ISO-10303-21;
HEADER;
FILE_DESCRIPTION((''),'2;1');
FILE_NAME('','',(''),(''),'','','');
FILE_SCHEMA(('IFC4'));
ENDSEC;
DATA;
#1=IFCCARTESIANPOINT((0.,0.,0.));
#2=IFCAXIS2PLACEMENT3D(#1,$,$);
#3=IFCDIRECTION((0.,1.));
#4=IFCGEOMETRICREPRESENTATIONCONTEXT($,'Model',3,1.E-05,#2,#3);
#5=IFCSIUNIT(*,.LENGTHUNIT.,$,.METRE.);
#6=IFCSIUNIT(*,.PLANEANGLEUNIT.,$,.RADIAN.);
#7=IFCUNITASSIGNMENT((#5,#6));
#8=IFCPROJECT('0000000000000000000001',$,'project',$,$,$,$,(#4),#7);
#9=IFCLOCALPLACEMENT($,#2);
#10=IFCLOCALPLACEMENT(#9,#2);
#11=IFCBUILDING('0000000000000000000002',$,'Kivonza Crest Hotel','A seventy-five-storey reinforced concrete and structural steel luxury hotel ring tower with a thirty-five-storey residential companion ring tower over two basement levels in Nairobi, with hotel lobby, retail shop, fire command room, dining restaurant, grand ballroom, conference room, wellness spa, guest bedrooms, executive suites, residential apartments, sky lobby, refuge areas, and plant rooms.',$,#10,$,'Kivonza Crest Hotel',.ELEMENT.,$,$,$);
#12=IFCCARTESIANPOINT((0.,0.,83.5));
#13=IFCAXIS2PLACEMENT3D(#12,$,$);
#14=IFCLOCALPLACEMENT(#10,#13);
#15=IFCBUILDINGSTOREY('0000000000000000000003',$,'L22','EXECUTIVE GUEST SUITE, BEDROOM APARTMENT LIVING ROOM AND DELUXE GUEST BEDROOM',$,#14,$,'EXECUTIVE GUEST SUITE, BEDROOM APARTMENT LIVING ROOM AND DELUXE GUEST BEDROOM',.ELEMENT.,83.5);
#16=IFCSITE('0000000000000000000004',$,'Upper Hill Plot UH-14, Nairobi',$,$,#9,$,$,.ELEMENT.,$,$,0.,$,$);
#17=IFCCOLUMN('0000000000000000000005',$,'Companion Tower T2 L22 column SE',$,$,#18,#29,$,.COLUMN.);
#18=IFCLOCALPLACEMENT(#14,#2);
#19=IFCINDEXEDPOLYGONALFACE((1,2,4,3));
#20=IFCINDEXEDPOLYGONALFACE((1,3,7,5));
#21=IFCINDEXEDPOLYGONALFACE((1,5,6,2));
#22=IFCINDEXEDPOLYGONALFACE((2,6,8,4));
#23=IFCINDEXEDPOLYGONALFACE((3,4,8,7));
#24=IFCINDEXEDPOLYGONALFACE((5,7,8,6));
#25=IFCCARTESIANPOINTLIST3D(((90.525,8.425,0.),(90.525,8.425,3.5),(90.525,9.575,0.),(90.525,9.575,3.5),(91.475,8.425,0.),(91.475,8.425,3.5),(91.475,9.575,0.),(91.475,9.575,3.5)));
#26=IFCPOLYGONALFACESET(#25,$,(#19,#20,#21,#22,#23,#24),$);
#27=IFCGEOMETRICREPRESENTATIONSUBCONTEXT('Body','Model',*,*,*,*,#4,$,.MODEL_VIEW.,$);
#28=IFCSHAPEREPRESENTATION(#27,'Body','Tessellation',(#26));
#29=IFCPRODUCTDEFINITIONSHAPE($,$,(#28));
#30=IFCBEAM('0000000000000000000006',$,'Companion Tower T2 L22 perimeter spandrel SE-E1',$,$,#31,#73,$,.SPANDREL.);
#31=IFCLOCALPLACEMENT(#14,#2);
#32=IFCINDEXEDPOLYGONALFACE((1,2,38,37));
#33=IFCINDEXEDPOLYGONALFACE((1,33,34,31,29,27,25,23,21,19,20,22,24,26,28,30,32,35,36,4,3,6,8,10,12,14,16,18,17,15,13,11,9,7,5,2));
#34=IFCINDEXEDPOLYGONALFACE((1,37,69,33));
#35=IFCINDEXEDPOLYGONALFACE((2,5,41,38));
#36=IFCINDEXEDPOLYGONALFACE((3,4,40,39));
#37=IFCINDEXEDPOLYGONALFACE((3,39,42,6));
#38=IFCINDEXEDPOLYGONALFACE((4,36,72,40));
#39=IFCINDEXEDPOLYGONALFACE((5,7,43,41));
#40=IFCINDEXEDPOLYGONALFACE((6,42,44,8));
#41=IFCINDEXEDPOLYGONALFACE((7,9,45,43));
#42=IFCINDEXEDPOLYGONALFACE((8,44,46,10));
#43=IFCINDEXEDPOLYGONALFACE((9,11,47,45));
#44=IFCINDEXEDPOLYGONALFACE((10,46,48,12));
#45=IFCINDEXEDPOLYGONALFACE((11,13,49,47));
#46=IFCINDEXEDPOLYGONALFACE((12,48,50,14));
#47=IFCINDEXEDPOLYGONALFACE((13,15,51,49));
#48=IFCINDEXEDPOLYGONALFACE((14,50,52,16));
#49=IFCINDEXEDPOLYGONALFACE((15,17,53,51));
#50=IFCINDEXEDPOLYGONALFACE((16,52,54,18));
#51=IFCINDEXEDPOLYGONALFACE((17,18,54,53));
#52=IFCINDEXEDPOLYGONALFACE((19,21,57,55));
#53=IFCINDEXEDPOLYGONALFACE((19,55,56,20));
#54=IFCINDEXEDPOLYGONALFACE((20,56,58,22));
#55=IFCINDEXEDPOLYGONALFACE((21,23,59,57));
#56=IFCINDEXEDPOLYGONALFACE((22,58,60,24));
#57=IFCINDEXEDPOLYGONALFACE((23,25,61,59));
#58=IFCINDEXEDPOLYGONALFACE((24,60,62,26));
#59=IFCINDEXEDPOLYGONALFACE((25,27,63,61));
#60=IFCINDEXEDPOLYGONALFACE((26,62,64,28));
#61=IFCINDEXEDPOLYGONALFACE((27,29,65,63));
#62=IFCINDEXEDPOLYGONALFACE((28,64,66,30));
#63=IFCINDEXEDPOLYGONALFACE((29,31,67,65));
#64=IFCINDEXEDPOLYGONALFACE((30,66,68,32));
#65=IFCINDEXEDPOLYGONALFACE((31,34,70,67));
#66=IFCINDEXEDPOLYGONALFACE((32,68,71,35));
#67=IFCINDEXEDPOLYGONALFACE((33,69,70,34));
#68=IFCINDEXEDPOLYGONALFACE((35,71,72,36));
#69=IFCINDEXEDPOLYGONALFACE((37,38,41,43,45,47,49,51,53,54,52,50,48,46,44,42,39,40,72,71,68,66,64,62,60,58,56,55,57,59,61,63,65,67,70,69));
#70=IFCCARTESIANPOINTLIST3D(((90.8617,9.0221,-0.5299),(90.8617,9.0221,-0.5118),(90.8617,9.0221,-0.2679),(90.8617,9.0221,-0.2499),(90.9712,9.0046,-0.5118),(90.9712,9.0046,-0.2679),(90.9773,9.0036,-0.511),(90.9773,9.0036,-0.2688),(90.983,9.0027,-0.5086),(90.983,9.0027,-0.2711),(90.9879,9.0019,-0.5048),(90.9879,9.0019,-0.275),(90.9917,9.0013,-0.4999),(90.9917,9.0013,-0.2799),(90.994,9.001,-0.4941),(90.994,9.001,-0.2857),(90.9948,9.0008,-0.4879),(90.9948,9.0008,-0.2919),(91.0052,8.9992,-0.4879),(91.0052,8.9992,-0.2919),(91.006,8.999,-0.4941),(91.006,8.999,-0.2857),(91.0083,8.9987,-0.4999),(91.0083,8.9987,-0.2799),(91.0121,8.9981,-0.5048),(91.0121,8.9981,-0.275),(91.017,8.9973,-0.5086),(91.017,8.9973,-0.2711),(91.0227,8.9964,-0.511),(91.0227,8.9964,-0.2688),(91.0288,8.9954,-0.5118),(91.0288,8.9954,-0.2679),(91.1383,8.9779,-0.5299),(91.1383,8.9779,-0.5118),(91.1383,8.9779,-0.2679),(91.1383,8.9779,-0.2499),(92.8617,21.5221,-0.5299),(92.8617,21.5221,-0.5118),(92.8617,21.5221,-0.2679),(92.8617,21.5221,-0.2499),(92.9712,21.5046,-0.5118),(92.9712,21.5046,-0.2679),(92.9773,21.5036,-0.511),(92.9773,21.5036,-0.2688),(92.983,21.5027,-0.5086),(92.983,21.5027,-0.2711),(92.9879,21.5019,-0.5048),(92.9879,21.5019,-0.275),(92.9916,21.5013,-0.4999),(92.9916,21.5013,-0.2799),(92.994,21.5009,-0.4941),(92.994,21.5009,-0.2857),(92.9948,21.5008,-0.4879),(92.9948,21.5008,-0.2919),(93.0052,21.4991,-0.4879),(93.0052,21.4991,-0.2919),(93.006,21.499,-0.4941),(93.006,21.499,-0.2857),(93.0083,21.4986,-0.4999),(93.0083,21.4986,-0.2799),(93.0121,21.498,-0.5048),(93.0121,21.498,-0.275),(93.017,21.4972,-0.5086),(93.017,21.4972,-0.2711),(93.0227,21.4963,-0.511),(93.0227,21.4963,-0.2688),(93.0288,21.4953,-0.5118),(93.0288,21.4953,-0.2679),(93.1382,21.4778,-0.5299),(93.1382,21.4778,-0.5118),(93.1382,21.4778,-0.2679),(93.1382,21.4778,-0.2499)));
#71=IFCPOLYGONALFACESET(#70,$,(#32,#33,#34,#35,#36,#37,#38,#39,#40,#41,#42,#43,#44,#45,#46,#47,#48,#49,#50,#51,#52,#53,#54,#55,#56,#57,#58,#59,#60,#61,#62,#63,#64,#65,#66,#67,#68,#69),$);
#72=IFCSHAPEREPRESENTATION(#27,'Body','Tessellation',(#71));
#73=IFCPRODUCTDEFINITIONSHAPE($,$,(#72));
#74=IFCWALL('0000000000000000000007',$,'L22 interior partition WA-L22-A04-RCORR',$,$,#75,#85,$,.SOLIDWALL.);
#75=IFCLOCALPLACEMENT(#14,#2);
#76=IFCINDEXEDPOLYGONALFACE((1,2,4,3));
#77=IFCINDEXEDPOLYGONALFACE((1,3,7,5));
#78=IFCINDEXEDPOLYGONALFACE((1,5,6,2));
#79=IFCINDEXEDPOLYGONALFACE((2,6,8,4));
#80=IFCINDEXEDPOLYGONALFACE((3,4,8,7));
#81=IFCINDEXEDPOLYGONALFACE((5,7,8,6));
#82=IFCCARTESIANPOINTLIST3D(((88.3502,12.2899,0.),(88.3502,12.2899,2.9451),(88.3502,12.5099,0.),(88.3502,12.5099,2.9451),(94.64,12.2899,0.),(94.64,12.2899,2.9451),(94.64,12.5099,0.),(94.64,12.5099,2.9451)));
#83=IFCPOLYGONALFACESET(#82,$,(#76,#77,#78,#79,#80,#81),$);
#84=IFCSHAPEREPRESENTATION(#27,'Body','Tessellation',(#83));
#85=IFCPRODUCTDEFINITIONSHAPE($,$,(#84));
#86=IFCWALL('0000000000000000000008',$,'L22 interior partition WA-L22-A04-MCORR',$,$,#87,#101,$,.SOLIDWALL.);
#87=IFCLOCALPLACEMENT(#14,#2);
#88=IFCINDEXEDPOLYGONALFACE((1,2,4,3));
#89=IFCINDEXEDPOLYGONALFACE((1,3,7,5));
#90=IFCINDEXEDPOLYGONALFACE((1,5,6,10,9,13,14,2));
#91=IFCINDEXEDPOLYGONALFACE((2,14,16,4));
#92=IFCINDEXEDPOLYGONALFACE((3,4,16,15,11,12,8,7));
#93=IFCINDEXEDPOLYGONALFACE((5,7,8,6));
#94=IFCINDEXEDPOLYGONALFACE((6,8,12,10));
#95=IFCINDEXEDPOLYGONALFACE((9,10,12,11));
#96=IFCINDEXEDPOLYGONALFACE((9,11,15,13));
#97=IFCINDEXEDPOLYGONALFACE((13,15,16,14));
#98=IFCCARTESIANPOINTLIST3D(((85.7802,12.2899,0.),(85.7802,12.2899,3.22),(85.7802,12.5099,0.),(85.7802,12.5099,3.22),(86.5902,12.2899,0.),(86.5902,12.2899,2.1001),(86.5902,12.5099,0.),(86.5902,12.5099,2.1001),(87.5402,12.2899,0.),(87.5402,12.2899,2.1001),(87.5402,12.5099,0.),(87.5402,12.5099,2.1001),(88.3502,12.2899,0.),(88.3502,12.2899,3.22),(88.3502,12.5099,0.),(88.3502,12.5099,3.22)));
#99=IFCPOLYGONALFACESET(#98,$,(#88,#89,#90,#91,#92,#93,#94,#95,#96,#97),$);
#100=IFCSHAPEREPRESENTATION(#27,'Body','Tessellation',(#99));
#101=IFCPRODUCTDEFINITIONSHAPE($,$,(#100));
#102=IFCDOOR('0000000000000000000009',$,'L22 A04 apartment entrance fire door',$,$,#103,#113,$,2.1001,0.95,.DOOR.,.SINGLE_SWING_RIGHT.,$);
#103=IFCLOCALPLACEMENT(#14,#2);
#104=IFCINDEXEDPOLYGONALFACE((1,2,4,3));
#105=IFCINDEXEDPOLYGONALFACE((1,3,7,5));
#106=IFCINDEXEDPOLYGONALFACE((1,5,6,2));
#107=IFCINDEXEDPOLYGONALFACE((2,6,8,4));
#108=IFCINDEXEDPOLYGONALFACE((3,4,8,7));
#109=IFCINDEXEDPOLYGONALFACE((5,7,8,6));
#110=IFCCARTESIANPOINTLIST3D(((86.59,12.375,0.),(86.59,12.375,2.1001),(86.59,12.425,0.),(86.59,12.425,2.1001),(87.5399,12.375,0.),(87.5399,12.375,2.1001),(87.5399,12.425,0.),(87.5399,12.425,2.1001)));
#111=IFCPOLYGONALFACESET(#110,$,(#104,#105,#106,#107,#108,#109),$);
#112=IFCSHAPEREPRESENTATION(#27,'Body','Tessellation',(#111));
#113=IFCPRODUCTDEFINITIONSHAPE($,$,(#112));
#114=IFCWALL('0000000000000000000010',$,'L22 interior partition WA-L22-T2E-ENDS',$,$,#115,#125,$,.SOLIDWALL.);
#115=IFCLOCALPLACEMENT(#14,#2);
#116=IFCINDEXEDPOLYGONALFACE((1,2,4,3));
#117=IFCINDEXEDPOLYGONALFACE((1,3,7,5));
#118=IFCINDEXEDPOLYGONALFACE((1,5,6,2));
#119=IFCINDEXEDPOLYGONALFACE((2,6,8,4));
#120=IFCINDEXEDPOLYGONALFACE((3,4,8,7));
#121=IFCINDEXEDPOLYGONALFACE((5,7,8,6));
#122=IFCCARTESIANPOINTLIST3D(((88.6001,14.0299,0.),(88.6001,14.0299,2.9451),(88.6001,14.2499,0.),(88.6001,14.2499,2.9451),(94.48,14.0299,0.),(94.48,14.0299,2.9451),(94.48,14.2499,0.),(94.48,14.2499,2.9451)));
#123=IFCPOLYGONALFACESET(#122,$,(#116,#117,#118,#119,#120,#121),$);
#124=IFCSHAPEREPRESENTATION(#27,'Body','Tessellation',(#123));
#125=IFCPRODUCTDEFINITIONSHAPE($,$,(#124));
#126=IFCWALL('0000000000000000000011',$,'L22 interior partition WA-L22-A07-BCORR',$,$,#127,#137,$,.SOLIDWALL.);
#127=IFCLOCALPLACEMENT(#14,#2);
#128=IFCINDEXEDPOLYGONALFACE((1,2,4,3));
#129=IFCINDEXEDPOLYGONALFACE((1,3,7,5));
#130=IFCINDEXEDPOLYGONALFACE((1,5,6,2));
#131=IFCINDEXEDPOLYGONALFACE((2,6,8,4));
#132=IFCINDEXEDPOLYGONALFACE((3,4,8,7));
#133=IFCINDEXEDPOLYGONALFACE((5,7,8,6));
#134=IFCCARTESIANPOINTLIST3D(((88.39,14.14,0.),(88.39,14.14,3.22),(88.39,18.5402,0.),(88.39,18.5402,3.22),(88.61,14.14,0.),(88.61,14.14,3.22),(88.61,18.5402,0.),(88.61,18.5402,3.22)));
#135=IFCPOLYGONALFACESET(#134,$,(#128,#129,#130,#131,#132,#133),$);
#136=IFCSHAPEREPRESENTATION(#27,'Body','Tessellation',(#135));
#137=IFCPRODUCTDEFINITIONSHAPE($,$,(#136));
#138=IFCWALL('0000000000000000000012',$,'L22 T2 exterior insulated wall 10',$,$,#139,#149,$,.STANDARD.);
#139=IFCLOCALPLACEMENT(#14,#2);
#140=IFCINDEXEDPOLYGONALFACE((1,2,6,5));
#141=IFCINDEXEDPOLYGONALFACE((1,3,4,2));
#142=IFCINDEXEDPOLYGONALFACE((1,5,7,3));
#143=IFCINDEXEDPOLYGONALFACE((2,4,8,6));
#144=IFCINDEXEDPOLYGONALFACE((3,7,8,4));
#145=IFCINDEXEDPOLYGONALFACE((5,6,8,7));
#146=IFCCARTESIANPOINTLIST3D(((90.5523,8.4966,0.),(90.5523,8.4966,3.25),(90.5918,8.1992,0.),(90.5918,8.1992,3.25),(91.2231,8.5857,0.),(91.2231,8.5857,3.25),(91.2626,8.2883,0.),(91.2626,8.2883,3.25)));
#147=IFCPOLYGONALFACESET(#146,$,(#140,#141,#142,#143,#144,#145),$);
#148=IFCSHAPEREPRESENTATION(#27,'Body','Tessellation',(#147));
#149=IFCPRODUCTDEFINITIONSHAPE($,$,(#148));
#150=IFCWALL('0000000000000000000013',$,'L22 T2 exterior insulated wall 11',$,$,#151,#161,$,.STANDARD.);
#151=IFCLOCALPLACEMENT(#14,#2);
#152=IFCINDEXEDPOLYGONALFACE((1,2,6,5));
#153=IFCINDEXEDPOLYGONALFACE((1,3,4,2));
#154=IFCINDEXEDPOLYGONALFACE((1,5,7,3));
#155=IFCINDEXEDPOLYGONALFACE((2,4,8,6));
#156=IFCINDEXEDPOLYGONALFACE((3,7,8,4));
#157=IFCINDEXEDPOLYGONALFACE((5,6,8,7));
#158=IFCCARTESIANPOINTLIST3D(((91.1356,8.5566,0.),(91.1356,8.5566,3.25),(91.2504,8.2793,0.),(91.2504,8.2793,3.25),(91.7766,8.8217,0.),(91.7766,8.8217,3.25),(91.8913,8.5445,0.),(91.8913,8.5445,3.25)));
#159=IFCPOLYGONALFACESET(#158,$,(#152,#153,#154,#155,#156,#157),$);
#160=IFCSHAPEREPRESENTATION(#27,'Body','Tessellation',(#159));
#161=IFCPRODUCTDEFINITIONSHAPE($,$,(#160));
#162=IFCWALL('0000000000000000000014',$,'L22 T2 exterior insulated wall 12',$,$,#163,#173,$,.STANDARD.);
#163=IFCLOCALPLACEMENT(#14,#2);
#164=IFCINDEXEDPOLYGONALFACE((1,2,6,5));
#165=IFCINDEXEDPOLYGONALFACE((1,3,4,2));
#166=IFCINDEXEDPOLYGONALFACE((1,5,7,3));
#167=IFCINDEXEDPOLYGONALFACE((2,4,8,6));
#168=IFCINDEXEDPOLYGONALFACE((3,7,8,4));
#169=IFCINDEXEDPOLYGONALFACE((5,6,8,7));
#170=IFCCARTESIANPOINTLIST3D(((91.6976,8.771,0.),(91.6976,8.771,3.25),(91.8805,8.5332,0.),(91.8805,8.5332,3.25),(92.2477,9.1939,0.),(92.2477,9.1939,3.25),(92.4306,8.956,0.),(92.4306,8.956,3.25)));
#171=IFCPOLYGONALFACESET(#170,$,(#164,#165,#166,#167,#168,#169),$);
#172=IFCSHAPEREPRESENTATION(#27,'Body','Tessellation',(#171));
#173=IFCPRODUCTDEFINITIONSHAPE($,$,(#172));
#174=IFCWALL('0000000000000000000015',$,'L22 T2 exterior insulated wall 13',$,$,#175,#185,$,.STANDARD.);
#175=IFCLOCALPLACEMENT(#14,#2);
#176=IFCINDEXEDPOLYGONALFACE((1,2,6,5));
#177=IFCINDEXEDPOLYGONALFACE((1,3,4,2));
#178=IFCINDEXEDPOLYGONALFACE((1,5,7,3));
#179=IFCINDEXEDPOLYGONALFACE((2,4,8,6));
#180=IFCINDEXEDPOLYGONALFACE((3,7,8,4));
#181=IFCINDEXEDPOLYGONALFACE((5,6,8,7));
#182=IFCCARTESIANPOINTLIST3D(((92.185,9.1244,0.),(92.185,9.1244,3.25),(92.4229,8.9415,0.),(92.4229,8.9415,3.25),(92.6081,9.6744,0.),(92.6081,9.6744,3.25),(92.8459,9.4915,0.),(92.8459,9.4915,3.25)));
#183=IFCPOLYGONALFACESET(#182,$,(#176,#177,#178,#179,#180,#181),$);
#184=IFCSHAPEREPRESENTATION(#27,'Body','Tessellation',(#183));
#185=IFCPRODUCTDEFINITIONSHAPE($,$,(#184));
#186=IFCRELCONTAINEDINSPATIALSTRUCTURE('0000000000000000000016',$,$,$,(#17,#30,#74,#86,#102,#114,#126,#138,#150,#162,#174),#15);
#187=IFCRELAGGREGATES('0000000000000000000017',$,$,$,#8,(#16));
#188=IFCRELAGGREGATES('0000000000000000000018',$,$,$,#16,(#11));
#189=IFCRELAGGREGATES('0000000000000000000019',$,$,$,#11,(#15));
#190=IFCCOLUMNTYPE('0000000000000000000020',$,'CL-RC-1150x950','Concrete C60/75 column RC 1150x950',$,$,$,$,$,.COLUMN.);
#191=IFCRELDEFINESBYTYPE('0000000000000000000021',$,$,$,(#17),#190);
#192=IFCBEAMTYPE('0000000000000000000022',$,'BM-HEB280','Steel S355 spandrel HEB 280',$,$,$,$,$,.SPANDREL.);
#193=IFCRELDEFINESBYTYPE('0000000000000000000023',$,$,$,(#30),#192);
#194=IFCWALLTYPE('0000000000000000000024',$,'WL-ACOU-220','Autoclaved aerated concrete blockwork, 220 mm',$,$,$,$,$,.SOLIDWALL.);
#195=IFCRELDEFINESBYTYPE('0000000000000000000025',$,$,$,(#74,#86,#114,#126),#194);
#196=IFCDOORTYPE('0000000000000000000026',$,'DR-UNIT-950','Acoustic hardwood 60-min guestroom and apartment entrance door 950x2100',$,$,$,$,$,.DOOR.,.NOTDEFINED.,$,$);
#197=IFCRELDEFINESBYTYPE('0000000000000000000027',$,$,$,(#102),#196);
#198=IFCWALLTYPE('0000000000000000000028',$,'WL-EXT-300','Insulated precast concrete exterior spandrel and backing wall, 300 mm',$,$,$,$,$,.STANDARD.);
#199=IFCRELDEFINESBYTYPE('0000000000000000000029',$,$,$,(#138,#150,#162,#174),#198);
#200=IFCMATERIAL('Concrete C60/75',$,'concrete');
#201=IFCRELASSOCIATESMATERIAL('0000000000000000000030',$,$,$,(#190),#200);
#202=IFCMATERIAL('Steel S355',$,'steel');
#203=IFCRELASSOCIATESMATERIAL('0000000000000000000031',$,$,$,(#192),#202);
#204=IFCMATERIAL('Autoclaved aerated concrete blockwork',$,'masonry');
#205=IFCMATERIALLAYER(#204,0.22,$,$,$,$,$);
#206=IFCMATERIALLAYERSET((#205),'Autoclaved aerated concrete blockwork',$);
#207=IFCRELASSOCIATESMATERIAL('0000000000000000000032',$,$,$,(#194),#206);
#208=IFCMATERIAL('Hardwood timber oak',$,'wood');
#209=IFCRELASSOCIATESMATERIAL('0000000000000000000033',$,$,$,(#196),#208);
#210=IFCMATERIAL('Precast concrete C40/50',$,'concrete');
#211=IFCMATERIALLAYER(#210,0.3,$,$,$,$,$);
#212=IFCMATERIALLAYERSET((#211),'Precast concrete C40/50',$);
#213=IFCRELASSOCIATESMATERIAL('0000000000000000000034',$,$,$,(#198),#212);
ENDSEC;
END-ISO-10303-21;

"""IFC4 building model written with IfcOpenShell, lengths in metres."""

from ifc_helpers import new_model, si_unit, direction, frame, frame_2d, origin, origin_2d, place, context, subcontext, project, spatial, rectangle, i_section, extrude, material, layer, layer_set, material_profile, profile_set, type_object, element, fill, save


model = new_model("IFC4")

# Units and contexts
model_context = context("Model", 3, precision=1e-05, world=origin(), true_north=direction((0.0, 1.0)))
body_context = subcontext(model_context, "Body", "Model", "MODEL_VIEW")
ifc_project = project(units=[si_unit("LENGTHUNIT", "METRE"), si_unit("PLANEANGLEUNIT", "RADIAN")], contexts=[model_context])

# Site, building, storey
site_placement = place(None, origin())
site = spatial("IfcSite", under=ifc_project, at=site_placement, Name="Upper Hill Plot UH-14, Nairobi", CompositionType="ELEMENT", RefElevation=0.0)
building_placement = place(site_placement, origin())
building = spatial("IfcBuilding", under=site, at=building_placement, Name="Kivonza Crest Hotel", Description="A seventy-five-storey reinforced concrete and structural steel luxury hotel ring tower with a thirty-five-storey residential companion ring tower over two basement levels in Nairobi, with hotel lobby, retail shop, fire command room, dining restaurant, grand ballroom, conference room, wellness spa, guest bedrooms, executive suites, residential apartments, sky lobby, refuge areas, and plant rooms.", LongName="Kivonza Crest Hotel", CompositionType="ELEMENT")
storey_placement = place(building_placement, frame((0.0, 0.0, 83.5)))
storey = spatial("IfcBuildingStorey", under=building, at=storey_placement, Name="L22", Description="EXECUTIVE GUEST SUITE, BEDROOM APARTMENT LIVING ROOM AND DELUXE GUEST BEDROOM", LongName="EXECUTIVE GUEST SUITE, BEDROOM APARTMENT LIVING ROOM AND DELUXE GUEST BEDROOM", CompositionType="ELEMENT", Elevation=83.5)

# Column
ifc_material_1 = material(Name="Concrete C60/75", Category="concrete")
ifc_material_profile_1 = material_profile(ifc_material_1, rectangle(XDim=0.95, YDim=1.1499, at=origin_2d()), Name="RC 1150x950")
ifc_profile_set_1 = profile_set([ifc_material_profile_1], Name="Concrete C60/75")
column_type = type_object("IfcColumnType", Name="CL-RC-1150x950", Description="Concrete C60/75 column RC 1150x950", PredefinedType="COLUMN", material=ifc_profile_set_1)
column_placement = place(storey_placement, frame((91.0, 9.0, 0.0), z_axis=(0.0, 0.0, 1.0), x_axis=(1.0, 0.0, 0.0)))
element("IfcColumn", 1, at=column_placement, inside=storey, type_object=column_type, Name="Companion Tower T2 L22 column SE", PredefinedType="COLUMN", context=body_context, shape_type="SweptSolid", body=[
    extrude(rectangle(XDim=0.95, YDim=1.1499, at=origin_2d()), origin(), (0.0, 0.0, 1.0), 3.5),
])

# Beam
ifc_material_2 = material(Name="Steel S355", Category="steel")
ifc_material_profile_2 = material_profile(ifc_material_2, i_section(OverallWidth=0.28, OverallDepth=0.28, WebThickness=0.0105, FlangeThickness=0.0181, FilletRadius=0.0239, at=origin_2d()), Name="HEB 280")
ifc_profile_set_2 = profile_set([ifc_material_profile_2], Name="Steel S355")
beam_type = type_object("IfcBeamType", Name="BM-HEB280", Description="Steel S355 spandrel HEB 280", PredefinedType="SPANDREL", material=ifc_profile_set_2)
beam_placement = place(storey_placement, frame((91.0, 9.0, -0.3899), z_axis=(0.157991, 0.987441, 0.0), x_axis=(-0.987441, 0.157991, 0.0)))
element("IfcBeam", 2, at=beam_placement, inside=storey, type_object=beam_type, Name="Companion Tower T2 L22 perimeter spandrel SE-E1", PredefinedType="SPANDREL", context=body_context, shape_type="SweptSolid", body=[
    extrude(i_section(OverallWidth=0.28, OverallDepth=0.28, WebThickness=0.0105, FlangeThickness=0.0181, FilletRadius=0.0239, at=origin_2d()), origin(), (0.0, 0.0, 1.0), 12.6589),
])

# Wall
ifc_material_3 = material(Name="Autoclaved aerated concrete blockwork", Category="masonry")
ifc_layer_1 = layer(ifc_material_3, 0.22)
ifc_layer_set_1 = layer_set([ifc_layer_1], Name="Autoclaved aerated concrete blockwork")
wall_type_1 = type_object("IfcWallType", Name="WL-ACOU-220", Description="Autoclaved aerated concrete blockwork, 220 mm", PredefinedType="SOLIDWALL", material=ifc_layer_set_1)
wall_1_placement = place(storey_placement, frame((88.3501, 12.3999, 0.0), z_axis=(0.0, 0.0, 1.0), x_axis=(1.0, 0.0, 0.0)))
element("IfcWall", 3, at=wall_1_placement, inside=storey, type_object=wall_type_1, Name="L22 interior partition WA-L22-A04-RCORR", PredefinedType="SOLIDWALL", context=body_context, shape_type="SweptSolid", body=[
    extrude(rectangle(XDim=6.2898, YDim=0.22, at=frame_2d((3.145, 0.0))), origin(), (0.0, 0.0, 1.0), 2.9451),
])

# Wall, opening, door
wall_2_placement = place(storey_placement, frame((85.78, 12.3999, 0.0), z_axis=(0.0, 0.0, 1.0), x_axis=(1.0, 0.0, 0.0)))
wall_2 = element("IfcWall", 4, at=wall_2_placement, inside=storey, type_object=wall_type_1, Name="L22 interior partition WA-L22-A04-MCORR", PredefinedType="SOLIDWALL", context=body_context, shape_type="SweptSolid", body=[
    extrude(rectangle(XDim=2.5701, YDim=0.22, at=frame_2d((1.2852, 0.0))), origin(), (0.0, 0.0, 1.0), 3.22),
])
opening_1_placement = place(wall_2_placement, frame((0.8101, 0.0, 0.0)))
opening_1 = element("IfcOpeningElement", 5, at=opening_1_placement, cuts=wall_2, PredefinedType="OPENING", context=body_context, shape_type="SweptSolid", body=[
    extrude(rectangle(XDim=0.95, YDim=2.1001, at=frame_2d((0.4751, 1.05))), frame((0.0, 0.1201, 0.0), z_axis=(0.0, -1.0, 0.0), x_axis=(1.0, 0.0, 0.0)), (0.0, 0.0, 1.0), 0.24),
])
ifc_material_4 = material(Name="Hardwood timber oak", Category="wood")
door_type_1 = type_object("IfcDoorType", Name="DR-UNIT-950", Description="Acoustic hardwood 60-min guestroom and apartment entrance door 950x2100", OperationType="NOTDEFINED", PredefinedType="DOOR", material=ifc_material_4)
door_1_placement = place(opening_1_placement, frame((0.95, 0.0, 0.0), z_axis=(0.0, 0.0, 1.0), x_axis=(-1.0, 0.0, 0.0)))
door_1 = element("IfcDoor", 6, at=door_1_placement, inside=storey, type_object=door_type_1, Name="L22 A04 apartment entrance fire door", OperationType="SINGLE_SWING_RIGHT", OverallHeight=2.1001, OverallWidth=0.95, PredefinedType="DOOR", context=body_context, shape_type="SweptSolid", body=[
    extrude(rectangle(XDim=0.95, YDim=2.1001, at=frame_2d((0.4751, 1.05))), frame((0.0, 0.0249, 0.0), z_axis=(0.0, -1.0, 0.0), x_axis=(1.0, 0.0, 0.0)), (0.0, 0.0, 1.0), 0.05),
])
fill(opening_1, door_1)

# Walls
wall_3_placement = place(storey_placement, frame((88.6001, 14.1399, 0.0), z_axis=(0.0, 0.0, 1.0), x_axis=(1.0, 0.0, 0.0)))
element("IfcWall", 7, at=wall_3_placement, inside=storey, type_object=wall_type_1, Name="L22 interior partition WA-L22-T2E-ENDS", PredefinedType="SOLIDWALL", context=body_context, shape_type="SweptSolid", body=[
    extrude(rectangle(XDim=5.8799, YDim=0.22, at=frame_2d((2.9399, 0.0))), origin(), (0.0, 0.0, 1.0), 2.9451),
])
wall_4_placement = place(storey_placement, frame((88.5, 14.1399, 0.0), z_axis=(0.0, 0.0, 1.0), x_axis=(0.0, 1.0, 0.0)))
element("IfcWall", 8, at=wall_4_placement, inside=storey, type_object=wall_type_1, Name="L22 interior partition WA-L22-A07-BCORR", PredefinedType="SOLIDWALL", context=body_context, shape_type="SweptSolid", body=[
    extrude(rectangle(XDim=4.4001, YDim=0.22, at=frame_2d((2.2002, 0.0))), origin(), (0.0, 0.0, 1.0), 3.22),
])
ifc_material_5 = material(Name="Precast concrete C40/50", Category="concrete")
ifc_layer_2 = layer(ifc_material_5, 0.3)
ifc_layer_set_2 = layer_set([ifc_layer_2], Name="Precast concrete C40/50")
wall_type_2 = type_object("IfcWallType", Name="WL-EXT-300", Description="Insulated precast concrete exterior spandrel and backing wall, 300 mm", PredefinedType="STANDARD", material=ifc_layer_set_2)
wall_5_placement = place(storey_placement, frame((90.572, 8.3479, 0.0), z_axis=(0.0, 0.0, 1.0), x_axis=(0.991294, 0.131667, 0.0)))
element("IfcWall", 9, at=wall_5_placement, inside=storey, type_object=wall_type_2, Name="L22 T2 exterior insulated wall 10", PredefinedType="STANDARD", context=body_context, shape_type="SweptSolid", body=[
    extrude(rectangle(XDim=0.6768, YDim=0.3, at=frame_2d((0.3384, 0.0))), origin(), (0.0, 0.0, 1.0), 3.25),
])
wall_6_placement = place(storey_placement, frame((91.1931, 8.418, 0.0), z_axis=(0.0, 0.0, 1.0), x_axis=(0.924043, 0.38229, 0.0)))
element("IfcWall", 10, at=wall_6_placement, inside=storey, type_object=wall_type_2, Name="L22 T2 exterior insulated wall 11", PredefinedType="STANDARD", context=body_context, shape_type="SweptSolid", body=[
    extrude(rectangle(XDim=0.6936, YDim=0.3, at=frame_2d((0.3467, 0.0))), origin(), (0.0, 0.0, 1.0), 3.25),
])
for number, where, z_axis, x_axis, name in (
    (11, (91.7891, 8.6521, 0.0), (0.0, 0.0, 1.0), (0.792807, 0.609473, 0.0), "L22 T2 exterior insulated wall 12"),
    (12, (92.304, 9.033, 0.0), (0.0, 0.0, 1.0), (0.609694, 0.792637, 0.0), "L22 T2 exterior insulated wall 13"),
):
    element("IfcWall", number, at=place(storey_placement, frame(where, z_axis=z_axis, x_axis=x_axis)), inside=storey, type_object=wall_type_2, Name=name, PredefinedType="STANDARD", context=body_context, shape_type="SweptSolid", body=[
        extrude(rectangle(XDim=0.6938, YDim=0.3, at=frame_2d((0.3469, 0.0))), origin(), (0.0, 0.0, 1.0), 3.25),
    ])

save(model, "model.ifc")
